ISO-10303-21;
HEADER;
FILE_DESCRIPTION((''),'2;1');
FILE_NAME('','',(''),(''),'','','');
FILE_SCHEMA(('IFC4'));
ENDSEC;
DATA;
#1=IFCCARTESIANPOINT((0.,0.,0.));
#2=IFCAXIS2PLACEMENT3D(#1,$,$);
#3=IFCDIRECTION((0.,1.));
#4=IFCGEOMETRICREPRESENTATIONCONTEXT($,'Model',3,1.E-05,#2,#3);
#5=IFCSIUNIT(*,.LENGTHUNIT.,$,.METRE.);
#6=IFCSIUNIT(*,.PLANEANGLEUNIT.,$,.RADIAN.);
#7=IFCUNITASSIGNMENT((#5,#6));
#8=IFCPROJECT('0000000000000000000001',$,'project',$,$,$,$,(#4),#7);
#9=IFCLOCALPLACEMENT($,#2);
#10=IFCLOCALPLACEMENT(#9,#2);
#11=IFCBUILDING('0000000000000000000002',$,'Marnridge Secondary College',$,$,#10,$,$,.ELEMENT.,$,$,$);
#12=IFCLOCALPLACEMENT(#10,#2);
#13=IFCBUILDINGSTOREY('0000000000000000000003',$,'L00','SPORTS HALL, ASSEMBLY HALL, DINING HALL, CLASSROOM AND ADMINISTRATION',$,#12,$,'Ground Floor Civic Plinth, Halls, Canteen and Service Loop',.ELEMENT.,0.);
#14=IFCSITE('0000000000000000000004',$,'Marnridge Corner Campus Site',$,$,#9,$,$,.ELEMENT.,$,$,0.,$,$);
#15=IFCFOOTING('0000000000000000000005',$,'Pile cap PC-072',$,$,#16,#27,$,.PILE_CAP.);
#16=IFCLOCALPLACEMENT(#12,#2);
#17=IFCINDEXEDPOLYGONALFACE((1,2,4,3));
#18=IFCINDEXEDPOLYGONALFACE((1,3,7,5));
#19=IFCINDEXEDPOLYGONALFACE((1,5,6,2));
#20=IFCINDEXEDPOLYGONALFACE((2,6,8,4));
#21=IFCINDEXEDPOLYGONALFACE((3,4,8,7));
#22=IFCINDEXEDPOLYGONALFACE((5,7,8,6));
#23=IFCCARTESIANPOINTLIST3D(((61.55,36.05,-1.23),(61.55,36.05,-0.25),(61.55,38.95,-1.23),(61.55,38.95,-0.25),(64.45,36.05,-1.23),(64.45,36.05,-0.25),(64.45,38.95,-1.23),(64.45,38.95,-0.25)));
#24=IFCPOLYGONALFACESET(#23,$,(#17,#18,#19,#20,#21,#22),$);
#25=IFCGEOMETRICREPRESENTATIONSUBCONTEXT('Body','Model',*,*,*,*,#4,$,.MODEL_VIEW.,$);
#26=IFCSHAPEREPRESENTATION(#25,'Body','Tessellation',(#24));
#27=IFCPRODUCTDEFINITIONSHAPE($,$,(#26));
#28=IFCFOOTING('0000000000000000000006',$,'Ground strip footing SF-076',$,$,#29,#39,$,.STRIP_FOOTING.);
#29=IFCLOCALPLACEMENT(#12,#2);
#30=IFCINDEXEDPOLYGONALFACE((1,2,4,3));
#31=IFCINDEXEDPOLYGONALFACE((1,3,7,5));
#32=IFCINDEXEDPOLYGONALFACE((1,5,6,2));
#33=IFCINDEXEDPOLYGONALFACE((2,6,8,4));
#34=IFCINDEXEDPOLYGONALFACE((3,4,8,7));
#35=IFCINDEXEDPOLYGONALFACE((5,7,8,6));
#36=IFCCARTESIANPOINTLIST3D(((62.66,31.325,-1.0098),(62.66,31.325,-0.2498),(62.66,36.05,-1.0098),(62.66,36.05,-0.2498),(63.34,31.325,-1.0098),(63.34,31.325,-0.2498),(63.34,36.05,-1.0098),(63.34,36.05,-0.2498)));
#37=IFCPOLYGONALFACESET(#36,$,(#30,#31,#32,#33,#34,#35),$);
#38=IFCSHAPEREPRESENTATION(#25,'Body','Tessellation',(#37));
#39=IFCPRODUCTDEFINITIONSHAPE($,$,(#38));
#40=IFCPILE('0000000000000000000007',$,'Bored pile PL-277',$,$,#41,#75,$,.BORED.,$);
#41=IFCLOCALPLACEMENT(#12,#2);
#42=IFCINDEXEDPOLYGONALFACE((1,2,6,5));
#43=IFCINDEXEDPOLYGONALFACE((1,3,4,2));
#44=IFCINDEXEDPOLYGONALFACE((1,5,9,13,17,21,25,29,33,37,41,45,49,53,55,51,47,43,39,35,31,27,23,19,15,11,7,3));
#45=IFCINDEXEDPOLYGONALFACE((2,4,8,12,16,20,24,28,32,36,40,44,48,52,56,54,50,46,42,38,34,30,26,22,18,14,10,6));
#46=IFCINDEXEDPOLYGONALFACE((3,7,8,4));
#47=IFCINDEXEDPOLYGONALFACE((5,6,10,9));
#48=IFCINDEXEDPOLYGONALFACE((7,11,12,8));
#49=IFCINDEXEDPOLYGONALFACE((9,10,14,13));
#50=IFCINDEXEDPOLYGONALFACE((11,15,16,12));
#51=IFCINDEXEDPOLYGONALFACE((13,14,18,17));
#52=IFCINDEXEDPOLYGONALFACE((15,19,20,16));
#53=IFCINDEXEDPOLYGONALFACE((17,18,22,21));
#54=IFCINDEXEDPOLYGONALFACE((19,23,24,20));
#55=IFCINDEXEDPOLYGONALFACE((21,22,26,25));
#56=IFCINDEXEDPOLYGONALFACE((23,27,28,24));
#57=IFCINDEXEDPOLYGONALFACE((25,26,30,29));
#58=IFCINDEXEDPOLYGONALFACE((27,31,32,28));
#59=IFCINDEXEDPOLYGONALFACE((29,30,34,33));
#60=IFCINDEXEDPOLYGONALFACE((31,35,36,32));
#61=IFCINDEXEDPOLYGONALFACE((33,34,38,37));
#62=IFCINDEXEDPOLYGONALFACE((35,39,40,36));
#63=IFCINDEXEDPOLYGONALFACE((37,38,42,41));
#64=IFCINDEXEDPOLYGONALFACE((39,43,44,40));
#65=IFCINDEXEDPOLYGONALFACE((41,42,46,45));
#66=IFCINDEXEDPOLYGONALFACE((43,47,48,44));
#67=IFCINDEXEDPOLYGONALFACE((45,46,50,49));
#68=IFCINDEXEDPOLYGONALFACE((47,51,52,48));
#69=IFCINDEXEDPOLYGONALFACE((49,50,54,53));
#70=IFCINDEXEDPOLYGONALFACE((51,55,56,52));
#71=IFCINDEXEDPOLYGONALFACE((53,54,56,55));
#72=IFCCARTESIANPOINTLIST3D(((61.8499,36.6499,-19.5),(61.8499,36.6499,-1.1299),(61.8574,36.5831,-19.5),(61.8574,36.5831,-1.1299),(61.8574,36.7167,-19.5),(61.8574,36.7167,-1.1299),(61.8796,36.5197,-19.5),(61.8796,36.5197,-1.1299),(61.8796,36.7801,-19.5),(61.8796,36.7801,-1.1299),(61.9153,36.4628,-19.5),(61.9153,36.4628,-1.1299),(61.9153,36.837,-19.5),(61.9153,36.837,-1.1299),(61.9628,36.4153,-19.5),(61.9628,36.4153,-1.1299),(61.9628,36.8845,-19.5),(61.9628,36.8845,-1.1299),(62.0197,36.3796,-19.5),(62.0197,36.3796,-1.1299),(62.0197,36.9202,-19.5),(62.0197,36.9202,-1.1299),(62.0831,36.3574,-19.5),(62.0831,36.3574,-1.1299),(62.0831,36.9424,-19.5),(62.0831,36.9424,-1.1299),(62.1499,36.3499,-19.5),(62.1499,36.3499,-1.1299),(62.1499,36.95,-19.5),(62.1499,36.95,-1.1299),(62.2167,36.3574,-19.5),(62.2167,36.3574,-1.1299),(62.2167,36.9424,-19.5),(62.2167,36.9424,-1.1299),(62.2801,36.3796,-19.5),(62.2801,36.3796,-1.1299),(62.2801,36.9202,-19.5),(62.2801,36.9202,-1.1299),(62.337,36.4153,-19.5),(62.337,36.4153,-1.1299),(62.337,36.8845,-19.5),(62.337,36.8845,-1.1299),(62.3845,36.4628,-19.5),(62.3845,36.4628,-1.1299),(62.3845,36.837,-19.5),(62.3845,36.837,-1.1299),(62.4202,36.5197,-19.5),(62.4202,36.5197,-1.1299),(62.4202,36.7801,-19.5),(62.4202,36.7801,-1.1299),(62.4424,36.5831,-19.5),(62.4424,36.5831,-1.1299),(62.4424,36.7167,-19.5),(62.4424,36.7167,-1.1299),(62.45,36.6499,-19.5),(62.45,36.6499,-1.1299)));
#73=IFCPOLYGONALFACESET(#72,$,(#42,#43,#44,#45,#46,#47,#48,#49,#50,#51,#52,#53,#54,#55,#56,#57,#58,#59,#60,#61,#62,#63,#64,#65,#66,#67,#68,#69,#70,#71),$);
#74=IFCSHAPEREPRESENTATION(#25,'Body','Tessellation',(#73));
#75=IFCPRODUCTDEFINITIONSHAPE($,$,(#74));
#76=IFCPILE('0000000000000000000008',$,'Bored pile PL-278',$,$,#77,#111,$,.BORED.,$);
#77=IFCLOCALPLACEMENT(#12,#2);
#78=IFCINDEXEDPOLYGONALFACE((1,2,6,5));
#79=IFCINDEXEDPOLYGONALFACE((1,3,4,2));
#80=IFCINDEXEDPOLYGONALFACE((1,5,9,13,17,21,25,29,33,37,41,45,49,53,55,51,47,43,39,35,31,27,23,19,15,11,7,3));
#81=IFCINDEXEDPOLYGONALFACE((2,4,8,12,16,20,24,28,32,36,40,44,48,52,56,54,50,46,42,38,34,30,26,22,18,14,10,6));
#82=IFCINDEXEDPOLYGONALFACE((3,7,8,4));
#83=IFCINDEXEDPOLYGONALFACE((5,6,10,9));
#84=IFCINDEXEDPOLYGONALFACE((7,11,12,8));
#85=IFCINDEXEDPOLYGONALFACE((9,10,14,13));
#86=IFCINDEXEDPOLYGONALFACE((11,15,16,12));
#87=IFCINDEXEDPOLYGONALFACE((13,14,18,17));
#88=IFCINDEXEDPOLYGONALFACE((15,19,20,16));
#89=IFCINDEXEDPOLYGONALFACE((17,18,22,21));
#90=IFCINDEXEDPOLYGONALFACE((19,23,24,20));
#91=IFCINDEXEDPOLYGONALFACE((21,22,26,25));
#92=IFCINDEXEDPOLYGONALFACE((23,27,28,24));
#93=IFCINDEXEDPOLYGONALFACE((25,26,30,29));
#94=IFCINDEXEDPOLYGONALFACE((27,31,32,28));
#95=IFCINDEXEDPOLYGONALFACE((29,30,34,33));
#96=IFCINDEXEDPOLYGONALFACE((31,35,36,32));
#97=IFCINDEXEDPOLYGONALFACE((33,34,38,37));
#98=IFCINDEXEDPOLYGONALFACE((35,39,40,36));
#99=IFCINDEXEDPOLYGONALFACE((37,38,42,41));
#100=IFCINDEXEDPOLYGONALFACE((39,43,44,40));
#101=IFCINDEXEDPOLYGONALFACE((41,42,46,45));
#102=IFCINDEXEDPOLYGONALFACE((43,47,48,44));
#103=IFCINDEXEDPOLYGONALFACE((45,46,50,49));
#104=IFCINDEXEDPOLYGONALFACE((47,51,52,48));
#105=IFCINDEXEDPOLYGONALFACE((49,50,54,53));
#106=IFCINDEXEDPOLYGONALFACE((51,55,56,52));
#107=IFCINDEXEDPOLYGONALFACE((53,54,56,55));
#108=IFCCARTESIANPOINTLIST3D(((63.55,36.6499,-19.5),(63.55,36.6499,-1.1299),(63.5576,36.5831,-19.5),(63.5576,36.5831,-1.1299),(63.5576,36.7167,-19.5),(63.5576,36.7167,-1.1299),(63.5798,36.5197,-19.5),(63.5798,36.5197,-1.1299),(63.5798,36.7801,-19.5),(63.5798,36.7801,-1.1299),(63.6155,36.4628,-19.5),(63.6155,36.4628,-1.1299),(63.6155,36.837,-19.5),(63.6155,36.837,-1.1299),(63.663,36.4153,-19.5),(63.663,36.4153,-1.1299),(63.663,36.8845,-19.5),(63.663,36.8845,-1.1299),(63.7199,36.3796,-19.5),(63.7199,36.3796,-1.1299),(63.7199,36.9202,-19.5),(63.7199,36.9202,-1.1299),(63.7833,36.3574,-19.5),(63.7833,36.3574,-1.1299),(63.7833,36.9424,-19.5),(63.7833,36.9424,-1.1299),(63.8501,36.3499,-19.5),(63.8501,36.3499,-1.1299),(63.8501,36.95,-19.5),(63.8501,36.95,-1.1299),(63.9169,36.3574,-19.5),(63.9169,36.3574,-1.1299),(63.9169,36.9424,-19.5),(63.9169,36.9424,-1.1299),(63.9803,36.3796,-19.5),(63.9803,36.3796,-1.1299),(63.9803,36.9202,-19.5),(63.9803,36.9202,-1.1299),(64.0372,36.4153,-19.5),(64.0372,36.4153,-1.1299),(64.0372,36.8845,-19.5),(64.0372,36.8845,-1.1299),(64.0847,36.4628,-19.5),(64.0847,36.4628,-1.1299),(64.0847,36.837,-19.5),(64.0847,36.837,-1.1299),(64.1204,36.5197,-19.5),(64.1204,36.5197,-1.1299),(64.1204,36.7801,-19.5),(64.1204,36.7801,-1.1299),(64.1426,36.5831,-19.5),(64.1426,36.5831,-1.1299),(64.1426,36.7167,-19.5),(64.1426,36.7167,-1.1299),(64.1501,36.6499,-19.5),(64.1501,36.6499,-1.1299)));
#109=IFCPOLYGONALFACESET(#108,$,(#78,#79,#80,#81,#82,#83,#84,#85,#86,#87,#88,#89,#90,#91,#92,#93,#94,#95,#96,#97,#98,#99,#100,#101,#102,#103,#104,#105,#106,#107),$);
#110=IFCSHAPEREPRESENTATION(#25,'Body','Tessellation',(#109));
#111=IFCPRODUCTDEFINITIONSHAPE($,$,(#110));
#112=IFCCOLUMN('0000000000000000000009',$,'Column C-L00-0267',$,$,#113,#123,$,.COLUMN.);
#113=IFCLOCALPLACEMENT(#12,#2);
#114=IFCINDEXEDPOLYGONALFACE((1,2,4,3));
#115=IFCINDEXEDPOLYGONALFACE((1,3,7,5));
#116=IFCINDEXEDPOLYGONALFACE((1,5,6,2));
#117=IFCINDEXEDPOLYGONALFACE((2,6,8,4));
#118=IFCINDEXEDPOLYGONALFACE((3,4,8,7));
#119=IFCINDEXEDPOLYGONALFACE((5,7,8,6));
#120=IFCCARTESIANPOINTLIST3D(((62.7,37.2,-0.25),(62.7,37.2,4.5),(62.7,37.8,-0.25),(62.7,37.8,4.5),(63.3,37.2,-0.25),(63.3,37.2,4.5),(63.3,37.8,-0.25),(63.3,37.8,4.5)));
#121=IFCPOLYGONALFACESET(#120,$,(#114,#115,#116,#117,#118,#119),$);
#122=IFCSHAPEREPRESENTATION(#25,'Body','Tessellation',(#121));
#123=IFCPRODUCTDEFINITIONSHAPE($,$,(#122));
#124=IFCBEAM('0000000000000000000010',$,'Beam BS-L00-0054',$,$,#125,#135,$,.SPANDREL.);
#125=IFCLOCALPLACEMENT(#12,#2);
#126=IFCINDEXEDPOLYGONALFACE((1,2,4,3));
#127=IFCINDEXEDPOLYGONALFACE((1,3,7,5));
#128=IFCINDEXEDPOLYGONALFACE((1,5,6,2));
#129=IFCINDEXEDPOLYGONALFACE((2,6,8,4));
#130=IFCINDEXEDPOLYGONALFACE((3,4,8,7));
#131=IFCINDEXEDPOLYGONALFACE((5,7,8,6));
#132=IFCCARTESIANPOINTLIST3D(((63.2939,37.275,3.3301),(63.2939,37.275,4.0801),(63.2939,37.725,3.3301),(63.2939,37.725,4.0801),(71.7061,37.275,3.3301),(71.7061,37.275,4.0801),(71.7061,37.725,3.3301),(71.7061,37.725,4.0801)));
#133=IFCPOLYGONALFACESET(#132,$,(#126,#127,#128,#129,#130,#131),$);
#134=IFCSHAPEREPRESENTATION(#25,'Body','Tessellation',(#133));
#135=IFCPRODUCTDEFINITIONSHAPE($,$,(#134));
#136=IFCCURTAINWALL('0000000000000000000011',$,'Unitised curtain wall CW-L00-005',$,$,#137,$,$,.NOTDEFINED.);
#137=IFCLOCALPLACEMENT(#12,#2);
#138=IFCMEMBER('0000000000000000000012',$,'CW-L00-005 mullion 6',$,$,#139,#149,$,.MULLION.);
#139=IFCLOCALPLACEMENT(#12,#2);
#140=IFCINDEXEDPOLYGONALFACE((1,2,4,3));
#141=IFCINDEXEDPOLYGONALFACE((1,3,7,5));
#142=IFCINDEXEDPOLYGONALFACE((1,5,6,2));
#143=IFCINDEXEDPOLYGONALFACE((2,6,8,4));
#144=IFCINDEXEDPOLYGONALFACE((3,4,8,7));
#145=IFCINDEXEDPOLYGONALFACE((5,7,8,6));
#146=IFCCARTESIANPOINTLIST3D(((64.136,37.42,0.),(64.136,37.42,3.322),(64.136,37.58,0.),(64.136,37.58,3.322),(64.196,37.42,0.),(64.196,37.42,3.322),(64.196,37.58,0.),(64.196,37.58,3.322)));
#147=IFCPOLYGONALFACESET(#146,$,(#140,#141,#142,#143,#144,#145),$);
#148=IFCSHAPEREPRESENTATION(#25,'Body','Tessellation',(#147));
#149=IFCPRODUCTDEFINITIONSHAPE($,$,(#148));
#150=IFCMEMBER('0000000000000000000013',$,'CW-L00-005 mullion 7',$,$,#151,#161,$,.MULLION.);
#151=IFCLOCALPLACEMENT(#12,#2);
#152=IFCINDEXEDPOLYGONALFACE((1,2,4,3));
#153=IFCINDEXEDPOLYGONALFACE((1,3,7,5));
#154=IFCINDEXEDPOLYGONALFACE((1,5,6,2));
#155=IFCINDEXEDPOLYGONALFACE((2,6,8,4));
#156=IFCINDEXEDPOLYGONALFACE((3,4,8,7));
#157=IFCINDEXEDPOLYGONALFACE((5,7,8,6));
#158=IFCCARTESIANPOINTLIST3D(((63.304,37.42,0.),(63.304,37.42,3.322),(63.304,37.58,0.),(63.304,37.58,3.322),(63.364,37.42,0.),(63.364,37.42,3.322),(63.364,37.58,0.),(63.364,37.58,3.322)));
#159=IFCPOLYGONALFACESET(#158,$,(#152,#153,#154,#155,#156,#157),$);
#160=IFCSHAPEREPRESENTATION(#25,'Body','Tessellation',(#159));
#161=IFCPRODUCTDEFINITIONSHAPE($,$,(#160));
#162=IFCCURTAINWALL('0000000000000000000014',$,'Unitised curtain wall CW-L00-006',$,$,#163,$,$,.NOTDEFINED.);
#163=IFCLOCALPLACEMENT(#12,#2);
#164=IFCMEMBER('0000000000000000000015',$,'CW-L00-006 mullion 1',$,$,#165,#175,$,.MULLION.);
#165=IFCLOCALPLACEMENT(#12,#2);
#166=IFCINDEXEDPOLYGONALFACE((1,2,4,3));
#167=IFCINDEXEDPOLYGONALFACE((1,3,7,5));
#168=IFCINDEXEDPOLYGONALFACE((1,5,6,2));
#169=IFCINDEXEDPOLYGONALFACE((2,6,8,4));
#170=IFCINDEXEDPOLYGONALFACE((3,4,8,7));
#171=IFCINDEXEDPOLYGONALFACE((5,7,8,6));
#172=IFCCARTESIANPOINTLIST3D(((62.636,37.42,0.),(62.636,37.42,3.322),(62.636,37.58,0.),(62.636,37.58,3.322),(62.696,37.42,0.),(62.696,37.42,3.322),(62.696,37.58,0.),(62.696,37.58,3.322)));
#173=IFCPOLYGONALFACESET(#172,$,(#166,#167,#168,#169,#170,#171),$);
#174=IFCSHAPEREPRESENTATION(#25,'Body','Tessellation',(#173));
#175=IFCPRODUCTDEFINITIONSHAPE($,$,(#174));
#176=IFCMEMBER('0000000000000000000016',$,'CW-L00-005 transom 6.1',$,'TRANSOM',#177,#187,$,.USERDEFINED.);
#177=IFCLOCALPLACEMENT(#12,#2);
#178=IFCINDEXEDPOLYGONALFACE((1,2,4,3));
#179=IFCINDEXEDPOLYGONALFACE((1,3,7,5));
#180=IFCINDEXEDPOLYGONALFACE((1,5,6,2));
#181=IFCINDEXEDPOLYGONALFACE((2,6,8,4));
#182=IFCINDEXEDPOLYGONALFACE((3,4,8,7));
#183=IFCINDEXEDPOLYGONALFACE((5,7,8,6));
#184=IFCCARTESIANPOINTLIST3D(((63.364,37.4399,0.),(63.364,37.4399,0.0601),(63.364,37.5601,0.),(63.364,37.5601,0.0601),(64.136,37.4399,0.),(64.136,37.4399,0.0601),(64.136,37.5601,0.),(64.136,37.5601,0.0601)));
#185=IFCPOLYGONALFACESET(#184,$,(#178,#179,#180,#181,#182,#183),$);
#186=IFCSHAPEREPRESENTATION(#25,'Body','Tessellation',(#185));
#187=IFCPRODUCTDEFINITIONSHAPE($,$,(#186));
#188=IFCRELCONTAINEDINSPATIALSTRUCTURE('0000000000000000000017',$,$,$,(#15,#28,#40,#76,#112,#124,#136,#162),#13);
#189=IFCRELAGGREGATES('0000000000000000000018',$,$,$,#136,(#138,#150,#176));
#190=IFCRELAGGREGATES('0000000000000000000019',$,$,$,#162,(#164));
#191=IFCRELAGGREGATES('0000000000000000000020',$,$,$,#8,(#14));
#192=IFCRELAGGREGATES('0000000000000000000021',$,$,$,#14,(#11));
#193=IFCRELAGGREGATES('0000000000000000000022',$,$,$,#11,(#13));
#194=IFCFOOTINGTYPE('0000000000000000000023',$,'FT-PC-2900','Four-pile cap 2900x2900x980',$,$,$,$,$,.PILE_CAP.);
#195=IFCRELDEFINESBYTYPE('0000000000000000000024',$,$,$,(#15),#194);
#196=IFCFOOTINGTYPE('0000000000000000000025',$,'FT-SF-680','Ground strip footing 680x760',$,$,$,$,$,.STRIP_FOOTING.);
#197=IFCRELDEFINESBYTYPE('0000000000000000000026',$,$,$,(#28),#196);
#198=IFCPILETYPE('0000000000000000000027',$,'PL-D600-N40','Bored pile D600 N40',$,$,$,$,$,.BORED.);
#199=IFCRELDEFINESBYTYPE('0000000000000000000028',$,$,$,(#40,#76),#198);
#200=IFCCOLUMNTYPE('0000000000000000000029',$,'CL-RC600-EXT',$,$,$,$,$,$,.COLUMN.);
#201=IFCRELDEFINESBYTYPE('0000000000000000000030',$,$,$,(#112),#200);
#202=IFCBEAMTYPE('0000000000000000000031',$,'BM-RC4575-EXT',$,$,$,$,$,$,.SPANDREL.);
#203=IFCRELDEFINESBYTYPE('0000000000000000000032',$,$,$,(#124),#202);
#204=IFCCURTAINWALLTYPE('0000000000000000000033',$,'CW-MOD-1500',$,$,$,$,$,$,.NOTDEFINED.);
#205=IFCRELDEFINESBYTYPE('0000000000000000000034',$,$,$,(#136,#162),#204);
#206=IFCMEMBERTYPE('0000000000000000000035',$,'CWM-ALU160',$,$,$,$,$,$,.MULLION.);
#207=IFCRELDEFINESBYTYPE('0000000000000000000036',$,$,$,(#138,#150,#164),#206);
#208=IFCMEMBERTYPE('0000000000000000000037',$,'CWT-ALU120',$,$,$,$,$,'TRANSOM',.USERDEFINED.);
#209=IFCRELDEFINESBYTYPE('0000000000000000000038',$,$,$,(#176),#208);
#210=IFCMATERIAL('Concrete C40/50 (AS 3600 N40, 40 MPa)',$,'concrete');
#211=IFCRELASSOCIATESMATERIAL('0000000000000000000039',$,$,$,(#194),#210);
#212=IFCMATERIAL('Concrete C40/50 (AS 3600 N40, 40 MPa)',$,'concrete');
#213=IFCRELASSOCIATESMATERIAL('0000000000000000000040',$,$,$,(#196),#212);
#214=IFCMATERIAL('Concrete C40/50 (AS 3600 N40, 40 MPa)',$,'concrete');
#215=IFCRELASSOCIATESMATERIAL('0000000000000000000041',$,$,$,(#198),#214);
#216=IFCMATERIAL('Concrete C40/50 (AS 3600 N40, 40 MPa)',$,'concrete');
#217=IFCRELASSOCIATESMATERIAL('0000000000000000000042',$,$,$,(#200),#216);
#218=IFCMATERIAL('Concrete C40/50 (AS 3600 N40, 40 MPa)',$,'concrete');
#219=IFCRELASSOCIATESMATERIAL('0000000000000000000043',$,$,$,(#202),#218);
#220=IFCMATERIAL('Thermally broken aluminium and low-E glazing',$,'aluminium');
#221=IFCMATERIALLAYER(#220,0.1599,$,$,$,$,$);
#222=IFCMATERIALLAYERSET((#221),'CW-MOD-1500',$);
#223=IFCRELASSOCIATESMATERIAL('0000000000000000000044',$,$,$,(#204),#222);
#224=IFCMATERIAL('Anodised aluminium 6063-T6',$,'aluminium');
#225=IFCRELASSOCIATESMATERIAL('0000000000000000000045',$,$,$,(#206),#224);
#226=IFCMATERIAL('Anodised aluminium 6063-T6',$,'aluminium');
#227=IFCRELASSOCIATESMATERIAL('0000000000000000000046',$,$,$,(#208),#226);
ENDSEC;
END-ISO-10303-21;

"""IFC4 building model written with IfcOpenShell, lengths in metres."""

from ifc_helpers import new_model, si_unit, direction, frame, origin, origin_2d, place, context, subcontext, project, spatial, rectangle, circle, extrude, material, layer, layer_set, material_profile, profile_set, type_object, element, aggregate, save


model = new_model("IFC4")

# Units and contexts
model_context = context("Model", 3, precision=1e-05, world=origin(), true_north=direction((0.0, 1.0)))
body_context = subcontext(model_context, "Body", "Model", "MODEL_VIEW")
ifc_project = project(units=[si_unit("LENGTHUNIT", "METRE"), si_unit("PLANEANGLEUNIT", "RADIAN")], contexts=[model_context])

# Site, building, storey
site_placement = place(None, origin())
site = spatial("IfcSite", under=ifc_project, at=site_placement, Name="Marnridge Corner Campus Site", CompositionType="ELEMENT", RefElevation=0.0)
building_placement = place(site_placement, origin())
building = spatial("IfcBuilding", under=site, at=building_placement, Name="Marnridge Secondary College", CompositionType="ELEMENT")
storey_placement = place(building_placement, origin())
storey = spatial("IfcBuildingStorey", under=building, at=storey_placement, Name="L00", Description="SPORTS HALL, ASSEMBLY HALL, DINING HALL, CLASSROOM AND ADMINISTRATION", LongName="Ground Floor Civic Plinth, Halls, Canteen and Service Loop", CompositionType="ELEMENT", Elevation=0.0)

# Footings
ifc_material_1 = material(Name="Concrete C40/50 (AS 3600 N40, 40 MPa)", Category="concrete")
footing_type_1 = type_object("IfcFootingType", Name="FT-PC-2900", Description="Four-pile cap 2900x2900x980", PredefinedType="PILE_CAP", material=ifc_material_1)
footing_1_placement = place(storey_placement, frame((63.0, 37.5, -1.23), z_axis=(0.0, 0.0, 1.0), x_axis=(1.0, 0.0, 0.0)))
element("IfcFooting", 1, at=footing_1_placement, inside=storey, type_object=footing_type_1, Name="Pile cap PC-072", PredefinedType="PILE_CAP", context=body_context, shape_type="SweptSolid", body=[
    extrude(rectangle(XDim=2.8999, YDim=2.8999, at=origin_2d()), origin(), (0.0, 0.0, 1.0), 0.98),
])
ifc_material_2 = material(Name="Concrete C40/50 (AS 3600 N40, 40 MPa)", Category="concrete")
footing_type_2 = type_object("IfcFootingType", Name="FT-SF-680", Description="Ground strip footing 680x760", PredefinedType="STRIP_FOOTING", material=ifc_material_2)
footing_2_placement = place(storey_placement, frame((63.0, 33.6875, -1.0098), z_axis=(0.0, 0.0, 1.0), x_axis=(1.0, 0.0, 0.0)))
element("IfcFooting", 2, at=footing_2_placement, inside=storey, type_object=footing_type_2, Name="Ground strip footing SF-076", PredefinedType="STRIP_FOOTING", context=body_context, shape_type="SweptSolid", body=[
    extrude(rectangle(XDim=0.6799, YDim=4.7251, at=origin_2d()), origin(), (0.0, 0.0, 1.0), 0.76),
])

# Piles
ifc_material_3 = material(Name="Concrete C40/50 (AS 3600 N40, 40 MPa)", Category="concrete")
ifc_material_profile_1 = material_profile(ifc_material_3, circle(Radius=0.3, at=origin_2d()), Name="PILE D600")
ifc_profile_set_1 = profile_set([ifc_material_profile_1], Name="Concrete C40/50 (AS 3600 N40, 40 MPa)")
pile_type = type_object("IfcPileType", Name="PL-D600-N40", Description="Bored pile D600 N40", PredefinedType="BORED", material=ifc_profile_set_1)
for number, where, z_axis, x_axis, name in (
    (3, (62.1499, 36.6499, -1.1299), (0.0, 0.0, -1.0), (1.0, 0.0, 0.0), "Bored pile PL-277"),
    (4, (63.8501, 36.6499, -1.1299), (0.0, 0.0, -1.0), (1.0, 0.0, 0.0), "Bored pile PL-278"),
):
    element("IfcPile", number, at=place(storey_placement, frame(where, z_axis=z_axis, x_axis=x_axis)), inside=storey, type_object=pile_type, Name=name, PredefinedType="BORED", context=body_context, shape_type="SweptSolid", body=[
        extrude(circle(Radius=0.3, at=origin_2d()), origin(), (0.0, 0.0, 1.0), 18.3701),
    ])

# Column
ifc_material_4 = material(Name="Concrete C40/50 (AS 3600 N40, 40 MPa)", Category="concrete")
ifc_material_profile_2 = material_profile(ifc_material_4, rectangle(XDim=0.6001, YDim=0.6001, at=origin_2d()), Name="RC 600x600")
ifc_profile_set_2 = profile_set([ifc_material_profile_2], Name="Concrete C40/50 (AS 3600 N40, 40 MPa)")
column_type = type_object("IfcColumnType", Name="CL-RC600-EXT", PredefinedType="COLUMN", material=ifc_profile_set_2)
column_placement = place(storey_placement, frame((63.0, 37.5, -0.25), z_axis=(0.0, 0.0, 1.0), x_axis=(1.0, 0.0, 0.0)))
element("IfcColumn", 5, at=column_placement, inside=storey, type_object=column_type, Name="Column C-L00-0267", PredefinedType="COLUMN", context=body_context, shape_type="SweptSolid", body=[
    extrude(rectangle(XDim=0.6001, YDim=0.6001, at=origin_2d()), origin(), (0.0, 0.0, 1.0), 4.75),
])

# Beam
ifc_material_5 = material(Name="Concrete C40/50 (AS 3600 N40, 40 MPa)", Category="concrete")
ifc_material_profile_3 = material_profile(ifc_material_5, rectangle(XDim=0.45, YDim=0.75, at=origin_2d()), Name="RC 450x750")
ifc_profile_set_3 = profile_set([ifc_material_profile_3], Name="Concrete C40/50 (AS 3600 N40, 40 MPa)")
beam_type = type_object("IfcBeamType", Name="BM-RC4575-EXT", PredefinedType="SPANDREL", material=ifc_profile_set_3)
beam_placement = place(storey_placement, frame((63.2939, 37.5, 3.7051), z_axis=(1.0, 0.0, 0.0), x_axis=(0.0, 1.0, 0.0)))
element("IfcBeam", 6, at=beam_placement, inside=storey, type_object=beam_type, Name="Beam BS-L00-0054", PredefinedType="SPANDREL", context=body_context, shape_type="SweptSolid", body=[
    extrude(rectangle(XDim=0.45, YDim=0.75, at=origin_2d()), origin(), (0.0, 0.0, 1.0), 8.4121),
])

# Curtain wall, members
ifc_material_6 = material(Name="Thermally broken aluminium and low-E glazing", Category="aluminium")
ifc_layer_1 = layer(ifc_material_6, 0.1599)
ifc_layer_set_1 = layer_set([ifc_layer_1], Name="CW-MOD-1500")
curtain_wall_type = type_object("IfcCurtainWallType", Name="CW-MOD-1500", PredefinedType="NOTDEFINED", material=ifc_layer_set_1)
curtain_wall_1_placement = place(storey_placement, origin())
curtain_wall_1 = element("IfcCurtainWall", 7, at=curtain_wall_1_placement, inside=storey, type_object=curtain_wall_type, Name="Unitised curtain wall CW-L00-005", PredefinedType="NOTDEFINED")
ifc_material_7 = material(Name="Anodised aluminium 6063-T6", Category="aluminium")
ifc_material_profile_4 = material_profile(ifc_material_7, rectangle(XDim=0.0601, YDim=0.1599, at=origin_2d()), Name="ALU 60x160")
ifc_profile_set_4 = profile_set([ifc_material_profile_4], Name="Anodised aluminium 6063-T6")
member_type_1 = type_object("IfcMemberType", Name="CWM-ALU160", PredefinedType="MULLION", material=ifc_profile_set_4)
member_1_placement = place(storey_placement, frame((64.166, 37.5, 0.0), z_axis=(0.0, 0.0, 1.0), x_axis=(-1.0, 0.0, 0.0)))
member_1 = element("IfcMember", 8, at=member_1_placement, type_object=member_type_1, Name="CW-L00-005 mullion 6", PredefinedType="MULLION", context=body_context, shape_type="SweptSolid", body=[
    extrude(rectangle(XDim=0.0601, YDim=0.1599, at=origin_2d()), origin(), (0.0, 0.0, 1.0), 3.322),
])
member_2_placement = place(storey_placement, frame((63.334, 37.5, 0.0), z_axis=(0.0, 0.0, 1.0), x_axis=(-1.0, 0.0, 0.0)))
member_2 = element("IfcMember", 9, at=member_2_placement, type_object=member_type_1, Name="CW-L00-005 mullion 7", PredefinedType="MULLION", context=body_context, shape_type="SweptSolid", body=[
    extrude(rectangle(XDim=0.0601, YDim=0.1599, at=origin_2d()), origin(), (0.0, 0.0, 1.0), 3.322),
])

# Curtain wall, member
curtain_wall_2_placement = place(storey_placement, origin())
curtain_wall_2 = element("IfcCurtainWall", 10, at=curtain_wall_2_placement, inside=storey, type_object=curtain_wall_type, Name="Unitised curtain wall CW-L00-006", PredefinedType="NOTDEFINED")
member_3_placement = place(storey_placement, frame((62.666, 37.5, 0.0), z_axis=(0.0, 0.0, 1.0), x_axis=(-1.0, 0.0, 0.0)))
member_3 = element("IfcMember", 11, at=member_3_placement, type_object=member_type_1, Name="CW-L00-006 mullion 1", PredefinedType="MULLION", context=body_context, shape_type="SweptSolid", body=[
    extrude(rectangle(XDim=0.0601, YDim=0.1599, at=origin_2d()), origin(), (0.0, 0.0, 1.0), 3.322),
])

# Member
ifc_material_8 = material(Name="Anodised aluminium 6063-T6", Category="aluminium")
ifc_material_profile_5 = material_profile(ifc_material_8, rectangle(XDim=0.0601, YDim=0.1201, at=origin_2d()), Name="ALU 60x120")
ifc_profile_set_5 = profile_set([ifc_material_profile_5], Name="Anodised aluminium 6063-T6")
member_type_2 = type_object("IfcMemberType", Name="CWT-ALU120", ElementType="TRANSOM", PredefinedType="USERDEFINED", material=ifc_profile_set_5)
member_4_placement = place(storey_placement, frame((64.136, 37.5, 0.03), z_axis=(-1.0, 0.0, 0.0), x_axis=(0.0, 0.0, 1.0)))
member_4 = element("IfcMember", 12, at=member_4_placement, type_object=member_type_2, Name="CW-L00-005 transom 6.1", ObjectType="TRANSOM", PredefinedType="USERDEFINED", context=body_context, shape_type="SweptSolid", body=[
    extrude(rectangle(XDim=0.0601, YDim=0.1201, at=origin_2d()), origin(), (0.0, 0.0, 1.0), 0.772),
])

aggregate(curtain_wall_1, [member_1, member_2, member_4])
aggregate(curtain_wall_2, [member_3])

save(model, "model.ifc")
